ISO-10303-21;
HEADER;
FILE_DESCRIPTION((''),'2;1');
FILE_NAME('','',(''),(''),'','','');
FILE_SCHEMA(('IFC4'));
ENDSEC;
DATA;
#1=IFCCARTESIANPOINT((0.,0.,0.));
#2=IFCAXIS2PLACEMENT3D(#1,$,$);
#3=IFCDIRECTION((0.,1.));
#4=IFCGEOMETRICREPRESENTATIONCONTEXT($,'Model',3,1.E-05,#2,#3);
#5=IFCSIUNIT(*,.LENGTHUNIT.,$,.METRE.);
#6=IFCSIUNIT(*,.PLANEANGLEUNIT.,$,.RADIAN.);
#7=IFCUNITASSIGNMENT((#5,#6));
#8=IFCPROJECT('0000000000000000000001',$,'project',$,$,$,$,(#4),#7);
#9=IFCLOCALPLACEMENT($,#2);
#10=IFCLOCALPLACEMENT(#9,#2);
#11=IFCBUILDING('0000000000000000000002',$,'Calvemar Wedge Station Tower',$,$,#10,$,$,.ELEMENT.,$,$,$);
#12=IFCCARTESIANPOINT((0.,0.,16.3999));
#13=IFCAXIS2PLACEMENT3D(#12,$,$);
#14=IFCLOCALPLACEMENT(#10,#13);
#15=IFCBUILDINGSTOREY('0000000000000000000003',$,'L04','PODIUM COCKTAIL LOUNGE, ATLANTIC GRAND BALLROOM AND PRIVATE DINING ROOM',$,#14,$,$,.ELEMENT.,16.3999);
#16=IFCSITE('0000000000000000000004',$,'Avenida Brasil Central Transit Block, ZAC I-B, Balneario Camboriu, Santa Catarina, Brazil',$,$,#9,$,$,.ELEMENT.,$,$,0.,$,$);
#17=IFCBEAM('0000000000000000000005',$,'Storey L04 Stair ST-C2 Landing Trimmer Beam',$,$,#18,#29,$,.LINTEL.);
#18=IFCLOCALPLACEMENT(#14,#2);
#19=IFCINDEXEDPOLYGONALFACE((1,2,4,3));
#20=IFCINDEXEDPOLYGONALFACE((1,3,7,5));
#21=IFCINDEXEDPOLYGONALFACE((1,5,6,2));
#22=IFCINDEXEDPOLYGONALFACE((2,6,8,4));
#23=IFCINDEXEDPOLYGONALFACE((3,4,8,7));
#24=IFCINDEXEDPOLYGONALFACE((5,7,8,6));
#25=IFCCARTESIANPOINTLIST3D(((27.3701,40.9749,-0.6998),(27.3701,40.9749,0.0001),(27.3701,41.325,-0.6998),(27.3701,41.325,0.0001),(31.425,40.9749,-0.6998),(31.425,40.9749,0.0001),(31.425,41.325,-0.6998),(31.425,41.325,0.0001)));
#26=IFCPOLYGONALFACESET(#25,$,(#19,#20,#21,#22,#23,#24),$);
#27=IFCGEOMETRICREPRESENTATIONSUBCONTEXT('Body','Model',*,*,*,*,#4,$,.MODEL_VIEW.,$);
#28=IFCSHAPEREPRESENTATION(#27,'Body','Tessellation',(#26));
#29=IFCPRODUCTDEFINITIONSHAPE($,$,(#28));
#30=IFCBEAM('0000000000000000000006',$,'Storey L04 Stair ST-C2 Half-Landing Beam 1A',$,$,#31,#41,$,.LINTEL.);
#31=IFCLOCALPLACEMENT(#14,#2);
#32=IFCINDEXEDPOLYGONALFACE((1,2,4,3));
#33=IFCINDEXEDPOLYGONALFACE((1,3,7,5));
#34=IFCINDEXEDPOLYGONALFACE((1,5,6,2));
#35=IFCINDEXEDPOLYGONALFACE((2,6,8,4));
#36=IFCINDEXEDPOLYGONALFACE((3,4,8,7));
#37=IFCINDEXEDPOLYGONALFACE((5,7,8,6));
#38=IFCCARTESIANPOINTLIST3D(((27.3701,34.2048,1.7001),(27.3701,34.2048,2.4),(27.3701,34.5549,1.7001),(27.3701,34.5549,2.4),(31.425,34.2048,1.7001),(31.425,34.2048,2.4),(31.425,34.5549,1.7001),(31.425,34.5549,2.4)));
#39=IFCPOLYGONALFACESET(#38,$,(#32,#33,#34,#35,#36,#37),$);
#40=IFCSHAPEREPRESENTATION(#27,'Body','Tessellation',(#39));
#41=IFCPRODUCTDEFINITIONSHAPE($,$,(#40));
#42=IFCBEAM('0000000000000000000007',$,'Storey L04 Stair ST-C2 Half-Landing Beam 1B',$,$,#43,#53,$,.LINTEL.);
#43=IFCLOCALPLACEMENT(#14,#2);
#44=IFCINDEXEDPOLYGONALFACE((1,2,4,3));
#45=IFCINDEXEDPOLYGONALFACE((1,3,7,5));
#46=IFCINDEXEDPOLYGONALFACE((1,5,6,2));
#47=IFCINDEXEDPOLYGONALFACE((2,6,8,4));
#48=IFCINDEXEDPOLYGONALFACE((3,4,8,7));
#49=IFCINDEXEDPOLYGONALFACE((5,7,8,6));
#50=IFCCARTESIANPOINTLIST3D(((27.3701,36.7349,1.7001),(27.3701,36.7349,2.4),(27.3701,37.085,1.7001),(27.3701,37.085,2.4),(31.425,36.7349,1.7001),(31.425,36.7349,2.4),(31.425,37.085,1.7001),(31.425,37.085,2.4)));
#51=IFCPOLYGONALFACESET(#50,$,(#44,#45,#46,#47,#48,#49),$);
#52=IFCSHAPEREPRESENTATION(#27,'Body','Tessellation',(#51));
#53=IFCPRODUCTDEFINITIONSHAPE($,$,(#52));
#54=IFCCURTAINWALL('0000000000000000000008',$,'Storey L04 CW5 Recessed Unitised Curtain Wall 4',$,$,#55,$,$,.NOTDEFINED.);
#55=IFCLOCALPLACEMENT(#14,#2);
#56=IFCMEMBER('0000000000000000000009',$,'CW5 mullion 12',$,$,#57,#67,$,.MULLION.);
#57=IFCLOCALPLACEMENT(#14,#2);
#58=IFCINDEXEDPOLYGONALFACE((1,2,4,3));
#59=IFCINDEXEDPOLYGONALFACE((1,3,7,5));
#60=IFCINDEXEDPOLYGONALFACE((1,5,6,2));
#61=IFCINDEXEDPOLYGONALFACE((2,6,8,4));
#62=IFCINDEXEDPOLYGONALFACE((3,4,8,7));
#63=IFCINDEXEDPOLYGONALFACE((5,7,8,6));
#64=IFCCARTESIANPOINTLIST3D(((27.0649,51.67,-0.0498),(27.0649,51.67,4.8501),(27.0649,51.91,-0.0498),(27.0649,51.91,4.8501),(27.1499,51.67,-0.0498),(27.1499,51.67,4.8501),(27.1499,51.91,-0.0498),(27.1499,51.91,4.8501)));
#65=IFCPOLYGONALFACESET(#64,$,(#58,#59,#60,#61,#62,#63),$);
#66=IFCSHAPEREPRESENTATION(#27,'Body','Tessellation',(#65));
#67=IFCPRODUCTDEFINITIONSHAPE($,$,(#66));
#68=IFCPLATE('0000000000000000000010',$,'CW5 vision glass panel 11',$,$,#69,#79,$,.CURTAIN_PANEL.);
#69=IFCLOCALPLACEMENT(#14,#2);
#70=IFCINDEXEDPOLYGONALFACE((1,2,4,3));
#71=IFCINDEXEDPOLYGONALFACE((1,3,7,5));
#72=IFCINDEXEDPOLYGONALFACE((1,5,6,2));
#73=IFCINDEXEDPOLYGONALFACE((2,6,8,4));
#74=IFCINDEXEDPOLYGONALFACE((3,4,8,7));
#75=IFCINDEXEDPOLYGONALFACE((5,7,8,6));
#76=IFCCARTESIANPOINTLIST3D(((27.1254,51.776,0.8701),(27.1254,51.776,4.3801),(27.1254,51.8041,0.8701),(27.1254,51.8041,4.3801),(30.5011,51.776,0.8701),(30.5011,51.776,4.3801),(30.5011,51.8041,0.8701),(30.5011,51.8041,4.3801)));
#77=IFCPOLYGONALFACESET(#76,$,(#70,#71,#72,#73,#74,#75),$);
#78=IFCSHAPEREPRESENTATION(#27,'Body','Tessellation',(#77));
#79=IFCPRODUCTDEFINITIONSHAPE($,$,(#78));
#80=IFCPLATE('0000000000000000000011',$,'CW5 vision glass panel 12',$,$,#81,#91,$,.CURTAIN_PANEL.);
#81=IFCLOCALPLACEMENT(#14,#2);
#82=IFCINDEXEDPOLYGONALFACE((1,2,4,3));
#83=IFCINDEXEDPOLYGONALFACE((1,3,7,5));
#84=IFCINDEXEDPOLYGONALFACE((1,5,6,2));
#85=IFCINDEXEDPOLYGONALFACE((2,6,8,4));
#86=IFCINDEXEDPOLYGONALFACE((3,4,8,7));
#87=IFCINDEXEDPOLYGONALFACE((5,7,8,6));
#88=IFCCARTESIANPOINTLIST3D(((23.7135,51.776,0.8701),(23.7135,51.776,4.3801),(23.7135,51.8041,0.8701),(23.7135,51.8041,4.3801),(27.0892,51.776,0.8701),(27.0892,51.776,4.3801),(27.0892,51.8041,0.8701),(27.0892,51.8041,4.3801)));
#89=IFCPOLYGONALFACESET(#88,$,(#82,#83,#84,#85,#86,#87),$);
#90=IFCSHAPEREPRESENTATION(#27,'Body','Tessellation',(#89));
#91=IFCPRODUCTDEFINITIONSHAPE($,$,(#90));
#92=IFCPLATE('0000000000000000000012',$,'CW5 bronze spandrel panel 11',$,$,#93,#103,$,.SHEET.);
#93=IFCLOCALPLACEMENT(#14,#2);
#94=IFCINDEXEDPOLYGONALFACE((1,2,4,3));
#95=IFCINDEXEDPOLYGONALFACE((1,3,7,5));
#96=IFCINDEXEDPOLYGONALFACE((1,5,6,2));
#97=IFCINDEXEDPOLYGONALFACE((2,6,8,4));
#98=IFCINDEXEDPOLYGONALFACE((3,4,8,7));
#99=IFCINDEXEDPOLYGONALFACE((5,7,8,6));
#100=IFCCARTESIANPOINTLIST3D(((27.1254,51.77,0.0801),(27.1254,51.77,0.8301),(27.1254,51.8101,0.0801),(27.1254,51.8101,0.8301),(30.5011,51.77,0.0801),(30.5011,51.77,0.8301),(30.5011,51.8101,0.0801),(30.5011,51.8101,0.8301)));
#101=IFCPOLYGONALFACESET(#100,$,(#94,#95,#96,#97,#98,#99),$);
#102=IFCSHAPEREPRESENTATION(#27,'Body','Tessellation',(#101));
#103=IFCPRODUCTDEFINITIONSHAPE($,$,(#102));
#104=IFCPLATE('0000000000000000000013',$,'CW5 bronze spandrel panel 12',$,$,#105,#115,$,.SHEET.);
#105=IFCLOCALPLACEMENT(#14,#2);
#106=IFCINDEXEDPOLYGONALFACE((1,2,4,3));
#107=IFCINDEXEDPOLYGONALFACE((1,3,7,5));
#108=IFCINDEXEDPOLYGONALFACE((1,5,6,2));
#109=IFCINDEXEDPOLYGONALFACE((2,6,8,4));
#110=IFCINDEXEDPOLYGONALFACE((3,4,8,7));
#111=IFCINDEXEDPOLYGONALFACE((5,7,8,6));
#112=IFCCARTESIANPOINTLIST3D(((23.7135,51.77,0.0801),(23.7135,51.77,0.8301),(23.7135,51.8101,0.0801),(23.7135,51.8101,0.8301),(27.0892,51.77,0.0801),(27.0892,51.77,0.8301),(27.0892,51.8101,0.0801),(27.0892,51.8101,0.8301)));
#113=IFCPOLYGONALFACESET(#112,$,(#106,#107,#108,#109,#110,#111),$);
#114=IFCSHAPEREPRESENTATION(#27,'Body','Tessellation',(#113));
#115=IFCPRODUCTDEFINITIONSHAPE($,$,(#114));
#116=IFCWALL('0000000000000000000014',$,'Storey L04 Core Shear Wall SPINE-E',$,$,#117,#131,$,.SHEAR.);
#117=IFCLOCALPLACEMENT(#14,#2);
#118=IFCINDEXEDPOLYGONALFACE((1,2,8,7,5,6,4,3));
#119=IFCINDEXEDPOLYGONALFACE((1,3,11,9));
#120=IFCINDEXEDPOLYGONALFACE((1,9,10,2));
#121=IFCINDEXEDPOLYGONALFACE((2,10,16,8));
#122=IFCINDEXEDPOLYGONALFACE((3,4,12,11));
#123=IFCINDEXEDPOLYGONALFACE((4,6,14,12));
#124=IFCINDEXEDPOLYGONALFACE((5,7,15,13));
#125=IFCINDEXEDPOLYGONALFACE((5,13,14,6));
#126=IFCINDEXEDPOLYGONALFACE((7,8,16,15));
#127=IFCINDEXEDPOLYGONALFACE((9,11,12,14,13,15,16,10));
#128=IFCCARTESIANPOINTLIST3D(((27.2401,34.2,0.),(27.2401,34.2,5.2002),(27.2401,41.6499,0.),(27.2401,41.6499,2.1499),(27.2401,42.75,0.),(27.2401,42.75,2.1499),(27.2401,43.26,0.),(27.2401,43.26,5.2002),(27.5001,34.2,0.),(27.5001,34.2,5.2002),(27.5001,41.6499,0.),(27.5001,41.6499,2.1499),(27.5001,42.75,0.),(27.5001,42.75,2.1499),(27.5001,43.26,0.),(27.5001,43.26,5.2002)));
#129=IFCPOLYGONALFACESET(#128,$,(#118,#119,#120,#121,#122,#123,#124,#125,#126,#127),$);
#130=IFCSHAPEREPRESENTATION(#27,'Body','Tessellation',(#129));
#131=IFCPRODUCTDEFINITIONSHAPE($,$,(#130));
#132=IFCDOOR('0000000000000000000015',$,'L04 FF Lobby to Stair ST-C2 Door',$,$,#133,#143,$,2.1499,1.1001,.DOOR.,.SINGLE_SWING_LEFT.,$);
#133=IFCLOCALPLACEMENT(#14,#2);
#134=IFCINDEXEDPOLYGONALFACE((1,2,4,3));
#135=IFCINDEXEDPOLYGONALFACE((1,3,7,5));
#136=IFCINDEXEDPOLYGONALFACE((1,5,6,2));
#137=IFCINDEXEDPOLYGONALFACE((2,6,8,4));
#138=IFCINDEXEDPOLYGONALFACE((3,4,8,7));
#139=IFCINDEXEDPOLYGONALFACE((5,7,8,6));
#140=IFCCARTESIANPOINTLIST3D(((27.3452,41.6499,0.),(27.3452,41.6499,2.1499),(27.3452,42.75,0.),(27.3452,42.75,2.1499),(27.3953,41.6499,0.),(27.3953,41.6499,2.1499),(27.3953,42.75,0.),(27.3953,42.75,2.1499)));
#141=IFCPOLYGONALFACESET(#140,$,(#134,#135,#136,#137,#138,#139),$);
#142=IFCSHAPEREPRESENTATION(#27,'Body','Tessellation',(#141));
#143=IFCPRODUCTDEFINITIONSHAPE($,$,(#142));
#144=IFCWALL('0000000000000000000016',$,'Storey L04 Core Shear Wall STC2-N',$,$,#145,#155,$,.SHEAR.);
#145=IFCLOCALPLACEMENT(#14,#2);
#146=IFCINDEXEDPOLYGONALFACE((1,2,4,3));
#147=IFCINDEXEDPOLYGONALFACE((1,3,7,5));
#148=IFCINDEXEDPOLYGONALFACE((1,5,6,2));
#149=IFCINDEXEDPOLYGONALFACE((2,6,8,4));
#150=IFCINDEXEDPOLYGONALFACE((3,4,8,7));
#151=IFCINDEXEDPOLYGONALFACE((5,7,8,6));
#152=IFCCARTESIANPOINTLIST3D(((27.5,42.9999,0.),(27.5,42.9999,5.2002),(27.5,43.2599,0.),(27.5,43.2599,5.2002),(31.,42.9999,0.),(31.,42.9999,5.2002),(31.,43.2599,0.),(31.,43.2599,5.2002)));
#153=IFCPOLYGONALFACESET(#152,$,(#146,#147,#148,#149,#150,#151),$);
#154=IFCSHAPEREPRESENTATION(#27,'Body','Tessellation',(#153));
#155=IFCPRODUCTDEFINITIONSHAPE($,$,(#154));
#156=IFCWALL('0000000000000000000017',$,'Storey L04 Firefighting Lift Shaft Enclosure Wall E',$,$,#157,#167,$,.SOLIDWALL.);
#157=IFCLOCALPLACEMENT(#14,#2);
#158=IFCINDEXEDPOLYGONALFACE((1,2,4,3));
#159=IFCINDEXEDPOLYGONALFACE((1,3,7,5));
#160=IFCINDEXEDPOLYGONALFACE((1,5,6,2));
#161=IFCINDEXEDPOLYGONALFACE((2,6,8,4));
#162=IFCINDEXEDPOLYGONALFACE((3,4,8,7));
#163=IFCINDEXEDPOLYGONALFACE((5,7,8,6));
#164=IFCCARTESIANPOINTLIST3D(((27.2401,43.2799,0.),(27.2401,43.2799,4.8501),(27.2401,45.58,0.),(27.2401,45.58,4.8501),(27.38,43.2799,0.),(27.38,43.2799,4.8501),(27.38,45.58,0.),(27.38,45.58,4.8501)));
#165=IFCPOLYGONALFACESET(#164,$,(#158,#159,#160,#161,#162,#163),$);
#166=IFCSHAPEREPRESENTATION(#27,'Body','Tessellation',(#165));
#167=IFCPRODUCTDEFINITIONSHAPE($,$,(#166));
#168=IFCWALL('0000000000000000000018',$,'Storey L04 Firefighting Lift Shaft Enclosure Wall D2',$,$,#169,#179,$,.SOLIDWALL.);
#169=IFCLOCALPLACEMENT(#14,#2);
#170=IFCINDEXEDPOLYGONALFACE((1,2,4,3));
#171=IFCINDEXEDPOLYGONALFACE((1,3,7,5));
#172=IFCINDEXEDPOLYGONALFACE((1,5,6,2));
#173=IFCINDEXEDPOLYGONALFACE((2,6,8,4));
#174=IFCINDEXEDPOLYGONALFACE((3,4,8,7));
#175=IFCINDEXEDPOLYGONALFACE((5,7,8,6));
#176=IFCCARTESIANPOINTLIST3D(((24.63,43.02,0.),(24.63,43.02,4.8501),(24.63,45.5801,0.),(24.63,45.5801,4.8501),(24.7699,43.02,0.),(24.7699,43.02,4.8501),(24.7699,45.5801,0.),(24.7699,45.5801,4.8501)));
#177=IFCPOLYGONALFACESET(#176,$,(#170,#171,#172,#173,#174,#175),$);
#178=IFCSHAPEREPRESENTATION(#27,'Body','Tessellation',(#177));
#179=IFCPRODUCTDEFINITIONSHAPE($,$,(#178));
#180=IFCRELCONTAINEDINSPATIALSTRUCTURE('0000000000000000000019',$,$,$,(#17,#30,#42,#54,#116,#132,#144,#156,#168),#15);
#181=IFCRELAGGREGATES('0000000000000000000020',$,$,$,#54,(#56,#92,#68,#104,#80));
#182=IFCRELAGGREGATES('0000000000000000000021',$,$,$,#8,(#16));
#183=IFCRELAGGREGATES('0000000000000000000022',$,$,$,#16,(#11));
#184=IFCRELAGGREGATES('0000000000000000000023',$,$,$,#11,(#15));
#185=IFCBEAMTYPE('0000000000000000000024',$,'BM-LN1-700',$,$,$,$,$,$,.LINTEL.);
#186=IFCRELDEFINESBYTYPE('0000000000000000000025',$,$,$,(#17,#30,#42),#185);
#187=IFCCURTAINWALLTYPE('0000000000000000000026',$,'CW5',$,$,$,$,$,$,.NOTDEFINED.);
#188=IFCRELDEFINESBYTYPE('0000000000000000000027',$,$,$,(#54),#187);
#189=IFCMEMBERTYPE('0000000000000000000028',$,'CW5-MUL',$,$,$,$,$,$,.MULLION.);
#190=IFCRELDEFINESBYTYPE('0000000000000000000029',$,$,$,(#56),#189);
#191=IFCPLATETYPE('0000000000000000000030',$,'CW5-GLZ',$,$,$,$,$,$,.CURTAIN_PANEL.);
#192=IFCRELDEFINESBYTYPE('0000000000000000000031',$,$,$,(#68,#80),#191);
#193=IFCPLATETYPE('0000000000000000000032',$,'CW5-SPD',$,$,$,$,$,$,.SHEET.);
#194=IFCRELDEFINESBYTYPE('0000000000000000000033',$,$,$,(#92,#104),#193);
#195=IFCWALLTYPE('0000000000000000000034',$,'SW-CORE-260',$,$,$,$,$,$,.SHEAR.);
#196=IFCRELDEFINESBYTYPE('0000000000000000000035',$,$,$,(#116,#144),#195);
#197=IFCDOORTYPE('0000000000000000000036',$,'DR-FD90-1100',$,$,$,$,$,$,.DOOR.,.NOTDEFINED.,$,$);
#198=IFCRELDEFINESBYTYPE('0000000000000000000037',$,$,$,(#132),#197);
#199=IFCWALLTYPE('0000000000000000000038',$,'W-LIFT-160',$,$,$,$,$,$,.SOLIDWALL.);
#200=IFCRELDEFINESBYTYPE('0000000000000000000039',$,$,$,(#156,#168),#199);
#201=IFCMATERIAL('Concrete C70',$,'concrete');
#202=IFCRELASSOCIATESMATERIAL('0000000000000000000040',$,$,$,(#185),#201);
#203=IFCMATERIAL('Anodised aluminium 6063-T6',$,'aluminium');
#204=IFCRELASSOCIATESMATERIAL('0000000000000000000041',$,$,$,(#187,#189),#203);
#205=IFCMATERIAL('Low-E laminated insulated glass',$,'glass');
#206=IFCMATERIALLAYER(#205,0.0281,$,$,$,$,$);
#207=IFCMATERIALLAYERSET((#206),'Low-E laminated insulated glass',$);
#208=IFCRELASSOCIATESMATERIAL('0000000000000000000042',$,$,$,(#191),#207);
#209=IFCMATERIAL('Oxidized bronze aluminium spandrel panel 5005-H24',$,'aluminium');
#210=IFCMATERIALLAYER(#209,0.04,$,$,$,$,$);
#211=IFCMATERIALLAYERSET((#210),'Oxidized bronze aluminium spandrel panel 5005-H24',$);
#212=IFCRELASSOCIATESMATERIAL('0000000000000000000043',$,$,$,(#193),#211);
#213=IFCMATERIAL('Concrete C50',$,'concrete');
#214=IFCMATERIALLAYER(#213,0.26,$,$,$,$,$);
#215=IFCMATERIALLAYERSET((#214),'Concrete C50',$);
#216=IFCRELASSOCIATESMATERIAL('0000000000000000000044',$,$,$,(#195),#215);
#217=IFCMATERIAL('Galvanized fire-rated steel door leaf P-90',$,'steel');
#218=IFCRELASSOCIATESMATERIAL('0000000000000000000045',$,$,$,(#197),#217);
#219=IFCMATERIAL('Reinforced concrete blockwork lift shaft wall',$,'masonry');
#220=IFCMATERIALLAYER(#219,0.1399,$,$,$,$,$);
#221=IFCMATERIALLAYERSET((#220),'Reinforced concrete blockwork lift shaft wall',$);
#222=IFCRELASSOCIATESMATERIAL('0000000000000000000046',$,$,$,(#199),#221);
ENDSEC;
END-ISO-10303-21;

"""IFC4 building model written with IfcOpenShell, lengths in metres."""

from ifc_helpers import new_model, si_unit, direction, frame, frame_2d, origin, origin_2d, place, context, subcontext, project, spatial, rectangle, extrude, source, transform, mapped, material, layer, layer_set, material_profile, profile_set, type_object, element, fill, aggregate, save


model = new_model("IFC4")

# Units and contexts
model_context = context("Model", 3, precision=1e-05, world=origin(), true_north=direction((0.0, 1.0)))
body_context = subcontext(model_context, "Body", "Model", "MODEL_VIEW")
ifc_project = project(units=[si_unit("LENGTHUNIT", "METRE"), si_unit("PLANEANGLEUNIT", "RADIAN")], contexts=[model_context])

# Site, building, storey
site_placement = place(None, origin())
site = spatial("IfcSite", under=ifc_project, at=site_placement, Name="Avenida Brasil Central Transit Block, ZAC I-B, Balneario Camboriu, Santa Catarina, Brazil", CompositionType="ELEMENT", RefElevation=0.0)
building_placement = place(site_placement, origin())
building = spatial("IfcBuilding", under=site, at=building_placement, Name="Calvemar Wedge Station Tower", CompositionType="ELEMENT")
storey_placement = place(building_placement, frame((0.0, 0.0, 16.3999)))
storey = spatial("IfcBuildingStorey", under=building, at=storey_placement, Name="L04", Description="PODIUM COCKTAIL LOUNGE, ATLANTIC GRAND BALLROOM AND PRIVATE DINING ROOM", CompositionType="ELEMENT", Elevation=16.3999)

# Beams
ifc_material_1 = material(Name="Concrete C70", Category="concrete")
ifc_material_profile_1 = material_profile(ifc_material_1, rectangle(XDim=0.3501, YDim=0.7, at=origin_2d()), Name="RC350x700")
ifc_profile_set_1 = profile_set([ifc_material_profile_1], Name="Concrete C70")
beam_type = type_object("IfcBeamType", Name="BM-LN1-700", PredefinedType="LINTEL", material=ifc_profile_set_1)
shared_shape_1 = source(origin(), body_context, "Body", "SweptSolid", [
    extrude(rectangle(XDim=0.3501, YDim=0.7, at=origin_2d()), origin(), (0.0, 0.0, 1.0), 4.0549),
])
for number, where, z_axis, x_axis, name in (
    (1, (27.3701, 41.1499, -0.3499), (1.0, 0.0, 0.0), (0.0, 1.0, 0.0), "Storey L04 Stair ST-C2 Landing Trimmer Beam"),
    (2, (27.3701, 34.3799, 2.05), (1.0, 0.0, 0.0), (0.0, 1.0, 0.0), "Storey L04 Stair ST-C2 Half-Landing Beam 1A"),
    (3, (27.3701, 36.9099, 2.05), (1.0, 0.0, 0.0), (0.0, 1.0, 0.0), "Storey L04 Stair ST-C2 Half-Landing Beam 1B"),
):
    element("IfcBeam", number, at=place(storey_placement, frame(where, z_axis=z_axis, x_axis=x_axis)), inside=storey, type_object=beam_type, Name=name, PredefinedType="LINTEL", context=body_context, shape_type="MappedRepresentation", body=[
        mapped(shared_shape_1, transform((0.0, 0.0, 0.0), scale=1.0)),
    ])

# Curtain wall, member, plates
ifc_material_2 = material(Name="Anodised aluminium 6063-T6", Category="aluminium")
curtain_wall_type = type_object("IfcCurtainWallType", Name="CW5", PredefinedType="NOTDEFINED", material=ifc_material_2)
curtain_wall_placement = place(storey_placement, origin())
curtain_wall = element("IfcCurtainWall", 4, at=curtain_wall_placement, inside=storey, type_object=curtain_wall_type, Name="Storey L04 CW5 Recessed Unitised Curtain Wall 4", PredefinedType="NOTDEFINED")
ifc_material_profile_2 = material_profile(ifc_material_2, rectangle(XDim=0.085, YDim=0.24, at=origin_2d()), Name="AL-MUL-85x240")
ifc_profile_set_2 = profile_set([ifc_material_profile_2], Name="Anodised aluminium 6063-T6")
member_type = type_object("IfcMemberType", Name="CW5-MUL", PredefinedType="MULLION", material=ifc_profile_set_2)
shared_shape_2 = source(origin(), body_context, "Body", "SweptSolid", [
    extrude(rectangle(XDim=0.085, YDim=0.24, at=origin_2d()), origin(), (0.0, 0.0, 1.0), 4.8999),
])
member_placement = place(storey_placement, frame((27.1074, 51.79, -0.0498), z_axis=(0.0, 0.0, 1.0), x_axis=(1.0, 0.0, 0.0)))
member = element("IfcMember", 5, at=member_placement, type_object=member_type, Name="CW5 mullion 12", PredefinedType="MULLION", context=body_context, shape_type="MappedRepresentation", body=[
    mapped(shared_shape_2, transform((0.0, 0.0, 0.0), scale=1.0)),
])
ifc_material_3 = material(Name="Low-E laminated insulated glass", Category="glass")
ifc_layer_1 = layer(ifc_material_3, 0.0281)
ifc_layer_set_1 = layer_set([ifc_layer_1], Name="Low-E laminated insulated glass")
plate_type_1 = type_object("IfcPlateType", Name="CW5-GLZ", PredefinedType="CURTAIN_PANEL", material=ifc_layer_set_1)
plate_1_placement = place(storey_placement, frame((30.5012, 51.79, 0.8701), z_axis=(0.0, 0.0, 1.0), x_axis=(-1.0, 0.0, 0.0)))
plate_1 = element("IfcPlate", 6, at=plate_1_placement, type_object=plate_type_1, Name="CW5 vision glass panel 11", PredefinedType="CURTAIN_PANEL", context=body_context, shape_type="SweptSolid", body=[
    extrude(rectangle(XDim=3.3757, YDim=0.0281, at=frame_2d((1.688, 0.0))), origin(), (0.0, 0.0, 1.0), 3.51),
])
plate_2_placement = place(storey_placement, frame((27.0894, 51.79, 0.8701), z_axis=(0.0, 0.0, 1.0), x_axis=(-1.0, 0.0, 0.0)))
plate_2 = element("IfcPlate", 7, at=plate_2_placement, type_object=plate_type_1, Name="CW5 vision glass panel 12", PredefinedType="CURTAIN_PANEL", context=body_context, shape_type="SweptSolid", body=[
    extrude(rectangle(XDim=3.3757, YDim=0.0281, at=frame_2d((1.688, 0.0))), origin(), (0.0, 0.0, 1.0), 3.51),
])
ifc_material_4 = material(Name="Oxidized bronze aluminium spandrel panel 5005-H24", Category="aluminium")
ifc_layer_2 = layer(ifc_material_4, 0.04)
ifc_layer_set_2 = layer_set([ifc_layer_2], Name="Oxidized bronze aluminium spandrel panel 5005-H24")
plate_type_2 = type_object("IfcPlateType", Name="CW5-SPD", PredefinedType="SHEET", material=ifc_layer_set_2)
plate_3_placement = place(storey_placement, frame((30.5012, 51.79, 0.0801), z_axis=(0.0, 0.0, 1.0), x_axis=(-1.0, 0.0, 0.0)))
plate_3 = element("IfcPlate", 8, at=plate_3_placement, type_object=plate_type_2, Name="CW5 bronze spandrel panel 11", PredefinedType="SHEET", context=body_context, shape_type="SweptSolid", body=[
    extrude(rectangle(XDim=3.3757, YDim=0.04, at=frame_2d((1.688, 0.0))), origin(), (0.0, 0.0, 1.0), 0.75),
])
plate_4_placement = place(storey_placement, frame((27.0894, 51.79, 0.0801), z_axis=(0.0, 0.0, 1.0), x_axis=(-1.0, 0.0, 0.0)))
plate_4 = element("IfcPlate", 9, at=plate_4_placement, type_object=plate_type_2, Name="CW5 bronze spandrel panel 12", PredefinedType="SHEET", context=body_context, shape_type="SweptSolid", body=[
    extrude(rectangle(XDim=3.3757, YDim=0.04, at=frame_2d((1.688, 0.0))), origin(), (0.0, 0.0, 1.0), 0.75),
])
aggregate(curtain_wall, [member, plate_3, plate_1, plate_4, plate_2])

# Wall, opening, door
ifc_material_5 = material(Name="Concrete C50", Category="concrete")
ifc_layer_3 = layer(ifc_material_5, 0.26)
ifc_layer_set_3 = layer_set([ifc_layer_3], Name="Concrete C50")
wall_type_1 = type_object("IfcWallType", Name="SW-CORE-260", PredefinedType="SHEAR", material=ifc_layer_set_3)
wall_1_placement = place(storey_placement, frame((27.3701, 34.2, 0.0), z_axis=(0.0, 0.0, 1.0), x_axis=(0.0, 1.0, 0.0)))
wall_1 = element("IfcWall", 10, at=wall_1_placement, inside=storey, type_object=wall_type_1, Name="Storey L04 Core Shear Wall SPINE-E", PredefinedType="SHEAR", context=body_context, shape_type="SweptSolid", body=[
    extrude(rectangle(XDim=9.0601, YDim=0.26, at=frame_2d((4.53, 0.0))), origin(), (0.0, 0.0, 1.0), 5.2002),
])
shared_shape_3 = source(origin(), body_context, "Body", "SweptSolid", [
    extrude(rectangle(XDim=1.1001, YDim=2.1499, at=frame_2d((0.55, 1.075))), frame((0.0, 0.1401, 0.0), z_axis=(0.0, -1.0, 0.0), x_axis=(1.0, 0.0, 0.0)), (0.0, 0.0, 1.0), 0.28),
])
opening_1_placement = place(wall_1_placement, frame((7.45, 0.0, 0.0)))
opening_1 = element("IfcOpeningElement", 11, at=opening_1_placement, cuts=wall_1, PredefinedType="OPENING", context=body_context, shape_type="MappedRepresentation", body=[
    mapped(shared_shape_3, transform((0.0, 0.0, 0.0), scale=1.0)),
])
ifc_material_6 = material(Name="Galvanized fire-rated steel door leaf P-90", Category="steel")
door_type_1 = type_object("IfcDoorType", Name="DR-FD90-1100", OperationType="NOTDEFINED", PredefinedType="DOOR", material=ifc_material_6)
shared_shape_4 = source(origin(), body_context, "Body", "SweptSolid", [
    extrude(rectangle(XDim=1.1001, YDim=2.1499, at=frame_2d((0.55, 1.075))), frame((0.0, 0.0249, 0.0), z_axis=(0.0, -1.0, 0.0), x_axis=(1.0, 0.0, 0.0)), (0.0, 0.0, 1.0), 0.05),
])
door_1_placement = place(opening_1_placement, origin())
door_1 = element("IfcDoor", 12, at=door_1_placement, inside=storey, type_object=door_type_1, Name="L04 FF Lobby to Stair ST-C2 Door", OperationType="SINGLE_SWING_LEFT", OverallHeight=2.1499, OverallWidth=1.1001, PredefinedType="DOOR", context=body_context, shape_type="MappedRepresentation", body=[
    mapped(shared_shape_4, transform((0.0, 0.0, 0.0), scale=1.0)),
])
fill(opening_1, door_1)

# Wall
wall_2_placement = place(storey_placement, frame((27.5, 43.1299, 0.0), z_axis=(0.0, 0.0, 1.0), x_axis=(1.0, 0.0, 0.0)))
element("IfcWall", 13, at=wall_2_placement, inside=storey, type_object=wall_type_1, Name="Storey L04 Core Shear Wall STC2-N", PredefinedType="SHEAR", context=body_context, shape_type="SweptSolid", body=[
    extrude(rectangle(XDim=3.5, YDim=0.26, at=frame_2d((1.75, 0.0))), origin(), (0.0, 0.0, 1.0), 5.2002),
])

# Walls
ifc_material_7 = material(Name="Reinforced concrete blockwork lift shaft wall", Category="masonry")
ifc_layer_4 = layer(ifc_material_7, 0.1399)
ifc_layer_set_4 = layer_set([ifc_layer_4], Name="Reinforced concrete blockwork lift shaft wall")
wall_type_2 = type_object("IfcWallType", Name="W-LIFT-160", PredefinedType="SOLIDWALL", material=ifc_layer_set_4)
wall_3_placement = place(storey_placement, frame((27.3101, 43.28, 0.0), z_axis=(0.0, 0.0, 1.0), x_axis=(0.0, 1.0, 0.0)))
element("IfcWall", 14, at=wall_3_placement, inside=storey, type_object=wall_type_2, Name="Storey L04 Firefighting Lift Shaft Enclosure Wall E", PredefinedType="SOLIDWALL", context=body_context, shape_type="SweptSolid", body=[
    extrude(rectangle(XDim=2.3, YDim=0.1399, at=frame_2d((1.1499, 0.0))), origin(), (0.0, 0.0, 1.0), 4.8501),
])
wall_4_placement = place(storey_placement, frame((24.7, 43.02, 0.0), z_axis=(0.0, 0.0, 1.0), x_axis=(0.0, 1.0, 0.0)))
element("IfcWall", 15, at=wall_4_placement, inside=storey, type_object=wall_type_2, Name="Storey L04 Firefighting Lift Shaft Enclosure Wall D2", PredefinedType="SOLIDWALL", context=body_context, shape_type="SweptSolid", body=[
    extrude(rectangle(XDim=2.5601, YDim=0.1399, at=frame_2d((1.28, 0.0))), origin(), (0.0, 0.0, 1.0), 4.8501),
])

save(model, "model.ifc")
